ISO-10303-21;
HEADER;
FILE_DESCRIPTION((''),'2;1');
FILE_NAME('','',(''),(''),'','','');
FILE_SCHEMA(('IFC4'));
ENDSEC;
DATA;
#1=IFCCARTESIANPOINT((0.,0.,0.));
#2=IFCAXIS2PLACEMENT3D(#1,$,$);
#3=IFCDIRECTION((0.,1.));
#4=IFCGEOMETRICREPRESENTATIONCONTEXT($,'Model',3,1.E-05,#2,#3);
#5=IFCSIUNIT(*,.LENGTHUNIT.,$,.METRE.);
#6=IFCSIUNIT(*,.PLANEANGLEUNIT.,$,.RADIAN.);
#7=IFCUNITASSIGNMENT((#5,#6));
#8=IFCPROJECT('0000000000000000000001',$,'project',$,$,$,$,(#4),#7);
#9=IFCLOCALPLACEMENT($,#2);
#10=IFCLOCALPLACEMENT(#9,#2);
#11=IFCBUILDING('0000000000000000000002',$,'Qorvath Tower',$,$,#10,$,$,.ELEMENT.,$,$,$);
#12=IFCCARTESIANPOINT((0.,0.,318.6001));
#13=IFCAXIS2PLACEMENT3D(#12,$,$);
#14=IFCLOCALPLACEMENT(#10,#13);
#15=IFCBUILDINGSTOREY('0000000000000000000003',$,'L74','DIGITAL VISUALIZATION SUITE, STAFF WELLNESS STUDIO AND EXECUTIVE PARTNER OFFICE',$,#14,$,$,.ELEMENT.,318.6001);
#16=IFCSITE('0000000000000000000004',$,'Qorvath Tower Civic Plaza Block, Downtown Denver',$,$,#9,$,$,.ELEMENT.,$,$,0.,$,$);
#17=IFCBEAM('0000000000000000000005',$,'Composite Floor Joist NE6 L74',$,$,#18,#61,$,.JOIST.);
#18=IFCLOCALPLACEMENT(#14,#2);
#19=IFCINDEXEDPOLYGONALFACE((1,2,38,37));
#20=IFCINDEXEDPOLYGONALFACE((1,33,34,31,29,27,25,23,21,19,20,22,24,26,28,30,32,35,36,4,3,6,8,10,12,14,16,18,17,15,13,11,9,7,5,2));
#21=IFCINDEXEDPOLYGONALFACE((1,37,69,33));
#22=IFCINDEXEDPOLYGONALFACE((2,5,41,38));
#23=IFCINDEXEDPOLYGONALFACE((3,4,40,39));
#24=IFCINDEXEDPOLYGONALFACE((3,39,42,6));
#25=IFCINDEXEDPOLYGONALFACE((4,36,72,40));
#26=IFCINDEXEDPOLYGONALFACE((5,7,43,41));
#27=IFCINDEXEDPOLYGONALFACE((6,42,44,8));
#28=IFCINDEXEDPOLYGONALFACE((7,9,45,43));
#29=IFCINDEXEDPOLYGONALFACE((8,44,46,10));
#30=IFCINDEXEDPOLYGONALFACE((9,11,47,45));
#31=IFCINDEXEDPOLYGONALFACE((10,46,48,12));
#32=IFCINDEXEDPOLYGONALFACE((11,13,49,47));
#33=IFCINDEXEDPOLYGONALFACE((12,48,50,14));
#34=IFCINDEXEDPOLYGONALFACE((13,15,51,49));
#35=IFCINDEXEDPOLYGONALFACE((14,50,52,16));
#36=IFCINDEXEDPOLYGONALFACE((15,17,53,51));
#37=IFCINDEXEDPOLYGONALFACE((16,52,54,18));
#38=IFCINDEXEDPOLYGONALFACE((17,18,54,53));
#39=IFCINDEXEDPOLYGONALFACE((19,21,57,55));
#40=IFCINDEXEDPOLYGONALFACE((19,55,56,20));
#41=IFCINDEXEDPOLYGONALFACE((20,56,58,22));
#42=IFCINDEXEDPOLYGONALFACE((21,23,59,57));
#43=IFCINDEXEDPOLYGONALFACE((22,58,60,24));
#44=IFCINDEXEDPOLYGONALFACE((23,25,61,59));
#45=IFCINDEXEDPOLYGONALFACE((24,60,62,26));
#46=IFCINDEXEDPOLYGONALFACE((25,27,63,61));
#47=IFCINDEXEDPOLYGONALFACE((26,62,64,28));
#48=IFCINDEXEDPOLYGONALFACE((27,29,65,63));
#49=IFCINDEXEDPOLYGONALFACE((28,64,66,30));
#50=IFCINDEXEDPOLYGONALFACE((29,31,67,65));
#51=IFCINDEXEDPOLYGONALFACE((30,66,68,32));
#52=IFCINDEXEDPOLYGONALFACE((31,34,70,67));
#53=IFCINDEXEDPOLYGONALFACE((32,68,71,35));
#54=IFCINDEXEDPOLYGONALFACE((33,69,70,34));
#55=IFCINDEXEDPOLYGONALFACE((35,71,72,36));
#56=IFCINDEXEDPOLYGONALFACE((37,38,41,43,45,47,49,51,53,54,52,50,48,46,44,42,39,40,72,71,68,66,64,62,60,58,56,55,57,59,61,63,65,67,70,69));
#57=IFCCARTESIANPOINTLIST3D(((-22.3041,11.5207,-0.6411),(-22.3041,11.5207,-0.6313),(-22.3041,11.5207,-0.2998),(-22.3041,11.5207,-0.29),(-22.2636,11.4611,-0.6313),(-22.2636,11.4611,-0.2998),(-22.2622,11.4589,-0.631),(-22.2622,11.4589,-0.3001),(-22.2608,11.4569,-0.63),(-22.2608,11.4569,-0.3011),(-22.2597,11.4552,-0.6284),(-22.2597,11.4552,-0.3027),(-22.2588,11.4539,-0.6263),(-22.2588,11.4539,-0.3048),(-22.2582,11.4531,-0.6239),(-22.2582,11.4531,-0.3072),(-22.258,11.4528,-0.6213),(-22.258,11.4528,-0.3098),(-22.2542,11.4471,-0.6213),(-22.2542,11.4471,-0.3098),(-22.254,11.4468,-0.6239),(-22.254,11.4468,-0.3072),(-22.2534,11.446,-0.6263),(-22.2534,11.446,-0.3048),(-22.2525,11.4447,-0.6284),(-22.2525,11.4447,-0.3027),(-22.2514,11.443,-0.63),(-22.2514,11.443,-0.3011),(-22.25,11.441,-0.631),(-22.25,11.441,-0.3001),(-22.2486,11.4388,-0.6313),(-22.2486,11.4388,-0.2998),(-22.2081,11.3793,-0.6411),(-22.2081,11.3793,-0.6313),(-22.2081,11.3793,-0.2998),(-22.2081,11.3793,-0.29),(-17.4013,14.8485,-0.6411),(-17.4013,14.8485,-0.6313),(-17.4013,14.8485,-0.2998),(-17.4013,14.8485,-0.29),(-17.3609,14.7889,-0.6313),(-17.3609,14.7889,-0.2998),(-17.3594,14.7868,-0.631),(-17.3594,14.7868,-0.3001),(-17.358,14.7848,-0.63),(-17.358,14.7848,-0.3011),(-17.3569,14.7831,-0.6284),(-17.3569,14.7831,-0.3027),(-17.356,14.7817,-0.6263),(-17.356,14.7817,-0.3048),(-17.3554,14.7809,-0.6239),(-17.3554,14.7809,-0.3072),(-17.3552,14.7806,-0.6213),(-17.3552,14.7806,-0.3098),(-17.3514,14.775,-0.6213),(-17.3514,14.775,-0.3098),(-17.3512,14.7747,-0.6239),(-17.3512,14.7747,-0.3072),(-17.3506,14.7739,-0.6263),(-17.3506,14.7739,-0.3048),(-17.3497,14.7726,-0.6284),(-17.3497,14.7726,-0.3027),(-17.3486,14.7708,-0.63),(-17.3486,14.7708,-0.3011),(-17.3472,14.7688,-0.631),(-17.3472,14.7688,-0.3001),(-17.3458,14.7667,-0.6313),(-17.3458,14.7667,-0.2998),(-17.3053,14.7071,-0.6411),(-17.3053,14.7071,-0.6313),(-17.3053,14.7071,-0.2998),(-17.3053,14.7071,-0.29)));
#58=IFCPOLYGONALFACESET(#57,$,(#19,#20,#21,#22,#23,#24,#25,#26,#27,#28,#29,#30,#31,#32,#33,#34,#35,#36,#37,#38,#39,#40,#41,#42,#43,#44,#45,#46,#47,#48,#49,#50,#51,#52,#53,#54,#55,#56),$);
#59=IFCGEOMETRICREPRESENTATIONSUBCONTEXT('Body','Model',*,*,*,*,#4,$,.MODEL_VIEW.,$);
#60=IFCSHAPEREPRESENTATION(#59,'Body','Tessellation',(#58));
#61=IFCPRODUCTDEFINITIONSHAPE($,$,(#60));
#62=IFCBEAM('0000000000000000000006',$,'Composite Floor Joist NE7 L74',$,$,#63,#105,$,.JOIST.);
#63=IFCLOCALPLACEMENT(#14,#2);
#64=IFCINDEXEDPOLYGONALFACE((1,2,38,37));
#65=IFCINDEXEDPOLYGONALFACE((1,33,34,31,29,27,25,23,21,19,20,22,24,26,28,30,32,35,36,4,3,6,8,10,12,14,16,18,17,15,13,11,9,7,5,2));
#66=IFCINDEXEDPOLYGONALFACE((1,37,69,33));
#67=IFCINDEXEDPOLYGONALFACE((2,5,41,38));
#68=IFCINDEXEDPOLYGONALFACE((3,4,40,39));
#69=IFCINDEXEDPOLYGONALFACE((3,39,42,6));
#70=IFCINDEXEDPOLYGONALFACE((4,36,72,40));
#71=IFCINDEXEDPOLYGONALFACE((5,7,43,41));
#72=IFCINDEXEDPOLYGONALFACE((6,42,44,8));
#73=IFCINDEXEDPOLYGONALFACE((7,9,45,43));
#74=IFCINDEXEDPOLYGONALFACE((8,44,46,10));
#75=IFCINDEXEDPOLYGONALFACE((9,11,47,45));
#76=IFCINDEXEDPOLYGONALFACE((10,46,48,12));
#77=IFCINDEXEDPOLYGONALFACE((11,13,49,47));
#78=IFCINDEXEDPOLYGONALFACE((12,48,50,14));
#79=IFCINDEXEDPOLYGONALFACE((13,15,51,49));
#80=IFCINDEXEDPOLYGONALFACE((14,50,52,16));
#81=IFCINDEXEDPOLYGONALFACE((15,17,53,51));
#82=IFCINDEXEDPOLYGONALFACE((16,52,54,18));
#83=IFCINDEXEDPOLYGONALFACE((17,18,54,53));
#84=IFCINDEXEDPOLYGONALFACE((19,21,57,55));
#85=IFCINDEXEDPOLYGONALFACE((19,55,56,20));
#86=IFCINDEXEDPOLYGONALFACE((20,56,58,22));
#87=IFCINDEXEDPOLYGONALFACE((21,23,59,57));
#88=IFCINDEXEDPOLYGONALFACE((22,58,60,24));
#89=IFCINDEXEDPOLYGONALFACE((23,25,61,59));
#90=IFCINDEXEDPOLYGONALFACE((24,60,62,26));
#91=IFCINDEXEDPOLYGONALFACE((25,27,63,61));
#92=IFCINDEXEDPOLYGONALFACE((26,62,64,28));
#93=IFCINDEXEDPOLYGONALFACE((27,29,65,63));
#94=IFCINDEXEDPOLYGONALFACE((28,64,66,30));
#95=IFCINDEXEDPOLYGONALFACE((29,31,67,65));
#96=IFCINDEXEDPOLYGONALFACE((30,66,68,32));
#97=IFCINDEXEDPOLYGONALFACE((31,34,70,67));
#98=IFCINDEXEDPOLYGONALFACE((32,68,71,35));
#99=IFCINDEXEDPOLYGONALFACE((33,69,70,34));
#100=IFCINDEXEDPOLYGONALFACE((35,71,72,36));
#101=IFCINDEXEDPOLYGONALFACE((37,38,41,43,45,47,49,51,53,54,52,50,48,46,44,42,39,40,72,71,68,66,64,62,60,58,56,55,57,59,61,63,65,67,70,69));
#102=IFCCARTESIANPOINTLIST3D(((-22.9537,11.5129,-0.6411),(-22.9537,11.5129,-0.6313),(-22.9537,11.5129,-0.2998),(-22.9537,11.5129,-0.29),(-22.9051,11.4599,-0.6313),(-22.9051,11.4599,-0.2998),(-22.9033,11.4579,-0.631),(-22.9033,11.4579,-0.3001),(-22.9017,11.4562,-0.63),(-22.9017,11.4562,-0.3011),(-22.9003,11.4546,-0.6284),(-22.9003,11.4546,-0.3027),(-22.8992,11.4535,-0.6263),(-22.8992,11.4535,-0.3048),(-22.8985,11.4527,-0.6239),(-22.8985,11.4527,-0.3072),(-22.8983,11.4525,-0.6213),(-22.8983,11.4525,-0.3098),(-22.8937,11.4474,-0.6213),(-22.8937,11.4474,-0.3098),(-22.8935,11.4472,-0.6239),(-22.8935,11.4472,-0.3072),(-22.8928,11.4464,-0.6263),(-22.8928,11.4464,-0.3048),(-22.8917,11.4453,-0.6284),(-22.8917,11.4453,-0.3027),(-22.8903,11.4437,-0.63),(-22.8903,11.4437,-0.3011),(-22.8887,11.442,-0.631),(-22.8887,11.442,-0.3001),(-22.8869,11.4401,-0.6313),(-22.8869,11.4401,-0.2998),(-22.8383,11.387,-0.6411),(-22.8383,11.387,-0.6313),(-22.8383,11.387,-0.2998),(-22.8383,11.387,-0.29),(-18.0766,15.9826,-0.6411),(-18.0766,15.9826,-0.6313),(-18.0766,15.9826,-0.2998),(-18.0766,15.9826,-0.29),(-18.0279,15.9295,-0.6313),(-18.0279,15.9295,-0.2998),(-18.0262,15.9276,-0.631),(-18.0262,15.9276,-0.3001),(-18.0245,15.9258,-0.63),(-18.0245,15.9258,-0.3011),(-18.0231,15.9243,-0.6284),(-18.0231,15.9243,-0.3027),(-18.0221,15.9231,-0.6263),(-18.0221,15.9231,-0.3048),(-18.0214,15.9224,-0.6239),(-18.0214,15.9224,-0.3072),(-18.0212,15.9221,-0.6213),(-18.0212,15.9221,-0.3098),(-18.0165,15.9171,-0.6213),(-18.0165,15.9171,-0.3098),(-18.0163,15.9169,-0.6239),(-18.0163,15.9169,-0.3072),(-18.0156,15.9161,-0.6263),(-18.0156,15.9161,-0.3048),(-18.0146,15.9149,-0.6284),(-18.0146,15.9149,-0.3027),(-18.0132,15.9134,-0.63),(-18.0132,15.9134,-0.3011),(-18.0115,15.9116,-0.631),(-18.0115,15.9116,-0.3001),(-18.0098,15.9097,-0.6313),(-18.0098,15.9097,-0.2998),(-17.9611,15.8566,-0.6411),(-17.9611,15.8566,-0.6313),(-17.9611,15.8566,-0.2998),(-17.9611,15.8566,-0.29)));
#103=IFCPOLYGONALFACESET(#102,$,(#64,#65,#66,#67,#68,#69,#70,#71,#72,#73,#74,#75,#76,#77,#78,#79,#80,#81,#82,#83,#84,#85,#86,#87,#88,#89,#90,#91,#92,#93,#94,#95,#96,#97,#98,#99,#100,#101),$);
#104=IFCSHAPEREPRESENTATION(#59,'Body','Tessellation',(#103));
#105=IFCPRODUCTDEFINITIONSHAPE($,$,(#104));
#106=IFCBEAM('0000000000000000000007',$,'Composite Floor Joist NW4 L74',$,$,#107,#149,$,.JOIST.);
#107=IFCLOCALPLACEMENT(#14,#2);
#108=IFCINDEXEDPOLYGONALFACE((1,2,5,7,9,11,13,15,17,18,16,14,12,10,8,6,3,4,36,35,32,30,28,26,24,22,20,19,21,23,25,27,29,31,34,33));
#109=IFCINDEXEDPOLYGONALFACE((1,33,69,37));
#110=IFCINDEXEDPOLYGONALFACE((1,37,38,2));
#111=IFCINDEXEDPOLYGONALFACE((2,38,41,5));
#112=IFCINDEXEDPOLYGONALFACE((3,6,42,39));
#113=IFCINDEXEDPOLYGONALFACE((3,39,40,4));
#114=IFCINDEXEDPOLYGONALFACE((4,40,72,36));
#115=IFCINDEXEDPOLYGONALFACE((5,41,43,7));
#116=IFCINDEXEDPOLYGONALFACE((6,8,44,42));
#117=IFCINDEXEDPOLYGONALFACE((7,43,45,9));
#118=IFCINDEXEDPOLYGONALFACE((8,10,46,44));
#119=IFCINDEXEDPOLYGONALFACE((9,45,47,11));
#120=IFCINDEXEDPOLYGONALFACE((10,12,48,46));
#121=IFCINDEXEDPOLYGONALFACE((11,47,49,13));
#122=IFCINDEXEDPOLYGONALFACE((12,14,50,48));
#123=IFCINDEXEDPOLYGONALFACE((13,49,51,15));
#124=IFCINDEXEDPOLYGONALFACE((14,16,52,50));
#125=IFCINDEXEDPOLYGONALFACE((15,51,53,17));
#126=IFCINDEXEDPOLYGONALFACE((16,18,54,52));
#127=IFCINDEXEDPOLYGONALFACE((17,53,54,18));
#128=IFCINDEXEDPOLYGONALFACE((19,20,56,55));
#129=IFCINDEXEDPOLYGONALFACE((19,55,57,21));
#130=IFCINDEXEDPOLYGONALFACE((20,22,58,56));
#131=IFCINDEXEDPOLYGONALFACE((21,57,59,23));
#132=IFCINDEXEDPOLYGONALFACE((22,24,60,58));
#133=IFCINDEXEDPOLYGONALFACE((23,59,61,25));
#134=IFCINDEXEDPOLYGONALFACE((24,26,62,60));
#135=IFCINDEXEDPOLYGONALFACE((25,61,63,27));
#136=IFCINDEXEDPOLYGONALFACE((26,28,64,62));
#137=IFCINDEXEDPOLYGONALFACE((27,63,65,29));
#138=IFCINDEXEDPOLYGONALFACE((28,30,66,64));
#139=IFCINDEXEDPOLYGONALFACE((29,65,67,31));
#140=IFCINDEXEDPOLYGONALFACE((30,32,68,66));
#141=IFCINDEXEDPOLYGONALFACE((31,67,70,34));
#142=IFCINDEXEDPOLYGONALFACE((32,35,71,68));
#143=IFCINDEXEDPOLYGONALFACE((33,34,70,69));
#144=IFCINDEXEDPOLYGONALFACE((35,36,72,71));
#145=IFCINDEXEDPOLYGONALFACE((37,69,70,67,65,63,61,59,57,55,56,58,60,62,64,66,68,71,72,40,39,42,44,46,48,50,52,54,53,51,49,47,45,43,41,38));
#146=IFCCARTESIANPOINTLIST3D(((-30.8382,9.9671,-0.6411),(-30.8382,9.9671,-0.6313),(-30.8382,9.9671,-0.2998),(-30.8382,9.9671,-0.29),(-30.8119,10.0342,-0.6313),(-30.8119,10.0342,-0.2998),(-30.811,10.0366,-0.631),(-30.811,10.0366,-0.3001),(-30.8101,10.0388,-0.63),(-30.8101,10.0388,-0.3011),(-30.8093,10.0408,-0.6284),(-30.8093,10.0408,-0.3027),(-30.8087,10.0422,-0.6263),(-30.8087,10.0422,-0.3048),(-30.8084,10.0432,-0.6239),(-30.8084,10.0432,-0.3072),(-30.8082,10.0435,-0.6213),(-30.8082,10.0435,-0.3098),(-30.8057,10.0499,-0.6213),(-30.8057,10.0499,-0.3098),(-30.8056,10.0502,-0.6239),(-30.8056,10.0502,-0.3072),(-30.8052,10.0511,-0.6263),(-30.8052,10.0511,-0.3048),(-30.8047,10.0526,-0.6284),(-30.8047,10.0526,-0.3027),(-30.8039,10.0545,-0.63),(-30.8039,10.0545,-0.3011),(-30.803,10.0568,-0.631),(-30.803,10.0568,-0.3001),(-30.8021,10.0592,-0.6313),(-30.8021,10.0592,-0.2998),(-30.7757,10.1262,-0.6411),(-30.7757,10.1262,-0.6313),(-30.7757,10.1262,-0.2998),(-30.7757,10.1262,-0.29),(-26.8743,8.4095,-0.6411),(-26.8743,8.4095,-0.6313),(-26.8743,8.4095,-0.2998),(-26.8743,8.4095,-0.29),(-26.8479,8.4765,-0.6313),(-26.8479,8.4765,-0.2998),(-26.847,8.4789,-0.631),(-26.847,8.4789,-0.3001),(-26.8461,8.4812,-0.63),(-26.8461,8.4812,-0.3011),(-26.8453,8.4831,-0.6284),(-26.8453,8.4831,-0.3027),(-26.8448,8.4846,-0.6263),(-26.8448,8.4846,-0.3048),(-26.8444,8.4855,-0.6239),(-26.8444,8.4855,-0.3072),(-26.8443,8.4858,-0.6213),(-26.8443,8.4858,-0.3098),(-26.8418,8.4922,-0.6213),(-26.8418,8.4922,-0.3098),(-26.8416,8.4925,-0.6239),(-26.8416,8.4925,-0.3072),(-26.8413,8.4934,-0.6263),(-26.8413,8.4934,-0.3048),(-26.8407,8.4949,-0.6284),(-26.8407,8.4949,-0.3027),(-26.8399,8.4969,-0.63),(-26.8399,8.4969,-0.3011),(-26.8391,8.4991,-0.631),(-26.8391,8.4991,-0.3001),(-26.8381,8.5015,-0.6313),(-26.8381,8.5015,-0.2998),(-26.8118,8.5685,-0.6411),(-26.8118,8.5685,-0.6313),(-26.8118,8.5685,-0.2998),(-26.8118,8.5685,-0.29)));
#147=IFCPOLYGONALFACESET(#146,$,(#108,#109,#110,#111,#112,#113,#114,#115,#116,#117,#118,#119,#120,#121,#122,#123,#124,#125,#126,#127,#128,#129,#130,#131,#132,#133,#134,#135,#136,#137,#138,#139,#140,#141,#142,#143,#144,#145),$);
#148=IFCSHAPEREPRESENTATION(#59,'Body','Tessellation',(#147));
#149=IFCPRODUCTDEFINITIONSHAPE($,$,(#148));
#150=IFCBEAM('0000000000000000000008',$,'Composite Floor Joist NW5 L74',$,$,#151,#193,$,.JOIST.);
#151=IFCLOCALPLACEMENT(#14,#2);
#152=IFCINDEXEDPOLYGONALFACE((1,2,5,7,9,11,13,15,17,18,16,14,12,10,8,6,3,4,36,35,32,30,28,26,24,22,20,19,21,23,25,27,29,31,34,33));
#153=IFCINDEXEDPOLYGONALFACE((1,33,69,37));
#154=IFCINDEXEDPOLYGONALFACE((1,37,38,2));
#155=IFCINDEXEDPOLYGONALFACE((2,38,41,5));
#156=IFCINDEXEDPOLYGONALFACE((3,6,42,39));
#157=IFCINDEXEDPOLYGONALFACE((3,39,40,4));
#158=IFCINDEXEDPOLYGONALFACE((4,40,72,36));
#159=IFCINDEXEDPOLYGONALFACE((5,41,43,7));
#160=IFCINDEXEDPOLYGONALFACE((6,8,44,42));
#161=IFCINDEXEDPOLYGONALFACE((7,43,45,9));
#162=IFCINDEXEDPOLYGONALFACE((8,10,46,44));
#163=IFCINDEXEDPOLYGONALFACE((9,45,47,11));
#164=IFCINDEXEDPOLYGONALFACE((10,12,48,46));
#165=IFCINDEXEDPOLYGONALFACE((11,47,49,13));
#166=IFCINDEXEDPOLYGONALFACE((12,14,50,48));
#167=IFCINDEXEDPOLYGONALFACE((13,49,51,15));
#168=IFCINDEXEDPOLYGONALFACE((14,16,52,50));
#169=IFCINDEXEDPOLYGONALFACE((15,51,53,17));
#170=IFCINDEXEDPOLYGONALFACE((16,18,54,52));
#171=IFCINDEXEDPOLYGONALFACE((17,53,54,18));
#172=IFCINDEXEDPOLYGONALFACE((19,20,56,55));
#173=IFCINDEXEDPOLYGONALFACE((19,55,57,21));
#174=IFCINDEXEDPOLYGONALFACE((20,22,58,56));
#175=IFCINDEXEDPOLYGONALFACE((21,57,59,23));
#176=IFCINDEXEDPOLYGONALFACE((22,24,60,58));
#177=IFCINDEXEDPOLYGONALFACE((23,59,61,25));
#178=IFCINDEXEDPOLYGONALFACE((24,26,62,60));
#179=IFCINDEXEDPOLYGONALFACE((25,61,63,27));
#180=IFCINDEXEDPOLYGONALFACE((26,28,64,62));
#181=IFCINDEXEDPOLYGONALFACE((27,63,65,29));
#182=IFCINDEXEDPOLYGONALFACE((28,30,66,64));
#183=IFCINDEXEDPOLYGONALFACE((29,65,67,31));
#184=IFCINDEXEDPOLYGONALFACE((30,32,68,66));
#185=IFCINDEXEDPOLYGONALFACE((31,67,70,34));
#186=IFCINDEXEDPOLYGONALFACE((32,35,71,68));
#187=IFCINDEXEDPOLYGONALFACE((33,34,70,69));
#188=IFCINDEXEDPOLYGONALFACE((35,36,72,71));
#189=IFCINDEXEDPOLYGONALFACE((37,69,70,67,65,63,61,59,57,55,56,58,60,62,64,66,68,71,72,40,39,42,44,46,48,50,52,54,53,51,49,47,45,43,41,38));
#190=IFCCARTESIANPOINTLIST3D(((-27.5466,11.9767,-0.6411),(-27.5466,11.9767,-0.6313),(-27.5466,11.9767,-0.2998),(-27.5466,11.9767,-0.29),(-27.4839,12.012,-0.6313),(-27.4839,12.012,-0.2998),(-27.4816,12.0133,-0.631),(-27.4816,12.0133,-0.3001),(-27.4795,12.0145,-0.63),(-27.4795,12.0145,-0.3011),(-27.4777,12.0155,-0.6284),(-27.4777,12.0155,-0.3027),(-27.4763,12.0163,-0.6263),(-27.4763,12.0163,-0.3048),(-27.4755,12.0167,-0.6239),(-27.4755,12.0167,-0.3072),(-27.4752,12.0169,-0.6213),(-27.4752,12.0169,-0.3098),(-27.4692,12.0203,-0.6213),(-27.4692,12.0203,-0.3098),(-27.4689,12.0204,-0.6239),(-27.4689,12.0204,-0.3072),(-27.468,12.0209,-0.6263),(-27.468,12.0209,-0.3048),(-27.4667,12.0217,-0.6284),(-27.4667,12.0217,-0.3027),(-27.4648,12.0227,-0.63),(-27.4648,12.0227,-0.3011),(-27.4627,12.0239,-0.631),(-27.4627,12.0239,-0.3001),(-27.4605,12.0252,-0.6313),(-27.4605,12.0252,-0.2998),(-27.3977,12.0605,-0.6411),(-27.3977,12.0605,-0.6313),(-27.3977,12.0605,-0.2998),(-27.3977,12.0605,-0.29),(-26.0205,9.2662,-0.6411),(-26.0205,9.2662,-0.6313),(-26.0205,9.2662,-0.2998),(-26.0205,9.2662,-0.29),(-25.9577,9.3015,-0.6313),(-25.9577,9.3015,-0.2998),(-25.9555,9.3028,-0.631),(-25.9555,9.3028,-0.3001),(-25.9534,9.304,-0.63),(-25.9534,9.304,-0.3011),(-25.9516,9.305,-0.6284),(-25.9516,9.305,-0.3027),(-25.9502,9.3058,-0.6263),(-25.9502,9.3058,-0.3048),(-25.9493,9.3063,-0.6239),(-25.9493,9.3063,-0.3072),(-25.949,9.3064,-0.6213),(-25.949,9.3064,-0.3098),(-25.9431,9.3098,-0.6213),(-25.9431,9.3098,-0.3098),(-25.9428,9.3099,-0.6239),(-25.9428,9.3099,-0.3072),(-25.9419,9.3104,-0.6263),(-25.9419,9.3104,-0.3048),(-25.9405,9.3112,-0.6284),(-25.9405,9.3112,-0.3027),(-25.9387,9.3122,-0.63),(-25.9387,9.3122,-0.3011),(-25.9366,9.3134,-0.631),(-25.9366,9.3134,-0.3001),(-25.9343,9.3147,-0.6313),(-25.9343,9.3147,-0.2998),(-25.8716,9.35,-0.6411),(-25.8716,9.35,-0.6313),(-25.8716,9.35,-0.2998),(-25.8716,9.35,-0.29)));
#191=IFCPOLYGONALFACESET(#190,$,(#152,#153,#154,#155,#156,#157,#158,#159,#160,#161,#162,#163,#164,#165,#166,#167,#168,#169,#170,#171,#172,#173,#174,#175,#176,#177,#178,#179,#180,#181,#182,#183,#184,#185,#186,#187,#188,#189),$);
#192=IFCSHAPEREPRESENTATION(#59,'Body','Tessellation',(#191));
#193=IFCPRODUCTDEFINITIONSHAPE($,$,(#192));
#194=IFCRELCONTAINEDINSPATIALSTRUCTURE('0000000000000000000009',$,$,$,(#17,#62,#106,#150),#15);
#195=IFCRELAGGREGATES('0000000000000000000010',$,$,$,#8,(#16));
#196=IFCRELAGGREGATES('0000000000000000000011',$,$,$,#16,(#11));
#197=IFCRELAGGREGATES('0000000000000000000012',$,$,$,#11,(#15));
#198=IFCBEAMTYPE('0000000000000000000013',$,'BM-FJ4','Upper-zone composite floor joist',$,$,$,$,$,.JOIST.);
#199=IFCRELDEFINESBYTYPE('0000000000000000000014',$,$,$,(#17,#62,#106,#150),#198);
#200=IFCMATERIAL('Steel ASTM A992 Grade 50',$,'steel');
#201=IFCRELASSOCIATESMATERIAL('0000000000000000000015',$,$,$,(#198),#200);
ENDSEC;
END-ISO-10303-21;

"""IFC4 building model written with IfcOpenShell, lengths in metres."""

from ifc_helpers import new_model, si_unit, direction, frame, origin, origin_2d, place, context, subcontext, project, spatial, i_section, extrude, material, material_profile, profile_set, type_object, element, save


model = new_model("IFC4")

# Units and contexts
model_context = context("Model", 3, precision=1e-05, world=origin(), true_north=direction((0.0, 1.0)))
body_context = subcontext(model_context, "Body", "Model", "MODEL_VIEW")
ifc_project = project(units=[si_unit("LENGTHUNIT", "METRE"), si_unit("PLANEANGLEUNIT", "RADIAN")], contexts=[model_context])

# Site, building, storey
site_placement = place(None, origin())
site = spatial("IfcSite", under=ifc_project, at=site_placement, Name="Qorvath Tower Civic Plaza Block, Downtown Denver", CompositionType="ELEMENT", RefElevation=0.0)
building_placement = place(site_placement, origin())
building = spatial("IfcBuilding", under=site, at=building_placement, Name="Qorvath Tower", CompositionType="ELEMENT")
storey_placement = place(building_placement, frame((0.0, 0.0, 318.6001)))
storey = spatial("IfcBuildingStorey", under=building, at=storey_placement, Name="L74", Description="DIGITAL VISUALIZATION SUITE, STAFF WELLNESS STUDIO AND EXECUTIVE PARTNER OFFICE", CompositionType="ELEMENT", Elevation=318.6001)

# Beams
ifc_material_1 = material(Name="Steel ASTM A992 Grade 50", Category="steel")
ifc_material_profile_1 = material_profile(ifc_material_1, i_section(OverallWidth=0.1709, OverallDepth=0.3511, WebThickness=0.0068, FlangeThickness=0.0098, FilletRadius=0.01, at=origin_2d()), Name="W14x30")
ifc_profile_set_1 = profile_set([ifc_material_profile_1], Name="Steel ASTM A992 Grade 50")
beam_type_1 = type_object("IfcBeamType", Name="BM-FJ4", Description="Upper-zone composite floor joist", PredefinedType="JOIST", material=ifc_profile_set_1)
beam_1_placement = place(storey_placement, frame((-22.2561, 11.45, -0.4656), z_axis=(0.827401, 0.561612, 0.0), x_axis=(-0.561612, 0.827401, 0.0)))
element("IfcBeam", 1, at=beam_1_placement, inside=storey, type_object=beam_type_1, Name="Composite Floor Joist NE6 L74", PredefinedType="JOIST", context=body_context, shape_type="SweptSolid", body=[
    extrude(i_section(OverallWidth=0.1709, OverallDepth=0.3511, WebThickness=0.0068, FlangeThickness=0.0098, FilletRadius=0.01, at=origin_2d()), origin(), (0.0, 0.0, 1.0), 5.9255),
])
beam_2_placement = place(storey_placement, frame((-22.896, 11.45, -0.4656), z_axis=(0.737232, 0.675639, 0.0), x_axis=(-0.675639, 0.737232, 0.0)))
element("IfcBeam", 2, at=beam_2_placement, inside=storey, type_object=beam_type_1, Name="Composite Floor Joist NE7 L74", PredefinedType="JOIST", context=body_context, shape_type="SweptSolid", body=[
    extrude(i_section(OverallWidth=0.1709, OverallDepth=0.3511, WebThickness=0.0068, FlangeThickness=0.0098, FilletRadius=0.01, at=origin_2d()), origin(), (0.0, 0.0, 1.0), 6.6155),
])
beam_3_placement = place(storey_placement, frame((-26.843, 8.489, -0.4656), z_axis=(-0.930721, 0.36573, 0.0), x_axis=(-0.36573, -0.930721, 0.0)))
element("IfcBeam", 3, at=beam_3_placement, inside=storey, type_object=beam_type_1, Name="Composite Floor Joist NW4 L74", PredefinedType="JOIST", context=body_context, shape_type="SweptSolid", body=[
    extrude(i_section(OverallWidth=0.1709, OverallDepth=0.3511, WebThickness=0.0068, FlangeThickness=0.0098, FilletRadius=0.01, at=origin_2d()), origin(), (0.0, 0.0, 1.0), 4.259),
])
beam_4_placement = place(storey_placement, frame((-25.946, 9.3081, -0.4656), z_axis=(-0.490626, 0.87137, 0.0), x_axis=(-0.87137, -0.490626, 0.0)))
element("IfcBeam", 4, at=beam_4_placement, inside=storey, type_object=beam_type_1, Name="Composite Floor Joist NW5 L74", PredefinedType="JOIST", context=body_context, shape_type="SweptSolid", body=[
    extrude(i_section(OverallWidth=0.1709, OverallDepth=0.3511, WebThickness=0.0068, FlangeThickness=0.0098, FilletRadius=0.01, at=origin_2d()), origin(), (0.0, 0.0, 1.0), 3.1106),
])

save(model, "model.ifc")
